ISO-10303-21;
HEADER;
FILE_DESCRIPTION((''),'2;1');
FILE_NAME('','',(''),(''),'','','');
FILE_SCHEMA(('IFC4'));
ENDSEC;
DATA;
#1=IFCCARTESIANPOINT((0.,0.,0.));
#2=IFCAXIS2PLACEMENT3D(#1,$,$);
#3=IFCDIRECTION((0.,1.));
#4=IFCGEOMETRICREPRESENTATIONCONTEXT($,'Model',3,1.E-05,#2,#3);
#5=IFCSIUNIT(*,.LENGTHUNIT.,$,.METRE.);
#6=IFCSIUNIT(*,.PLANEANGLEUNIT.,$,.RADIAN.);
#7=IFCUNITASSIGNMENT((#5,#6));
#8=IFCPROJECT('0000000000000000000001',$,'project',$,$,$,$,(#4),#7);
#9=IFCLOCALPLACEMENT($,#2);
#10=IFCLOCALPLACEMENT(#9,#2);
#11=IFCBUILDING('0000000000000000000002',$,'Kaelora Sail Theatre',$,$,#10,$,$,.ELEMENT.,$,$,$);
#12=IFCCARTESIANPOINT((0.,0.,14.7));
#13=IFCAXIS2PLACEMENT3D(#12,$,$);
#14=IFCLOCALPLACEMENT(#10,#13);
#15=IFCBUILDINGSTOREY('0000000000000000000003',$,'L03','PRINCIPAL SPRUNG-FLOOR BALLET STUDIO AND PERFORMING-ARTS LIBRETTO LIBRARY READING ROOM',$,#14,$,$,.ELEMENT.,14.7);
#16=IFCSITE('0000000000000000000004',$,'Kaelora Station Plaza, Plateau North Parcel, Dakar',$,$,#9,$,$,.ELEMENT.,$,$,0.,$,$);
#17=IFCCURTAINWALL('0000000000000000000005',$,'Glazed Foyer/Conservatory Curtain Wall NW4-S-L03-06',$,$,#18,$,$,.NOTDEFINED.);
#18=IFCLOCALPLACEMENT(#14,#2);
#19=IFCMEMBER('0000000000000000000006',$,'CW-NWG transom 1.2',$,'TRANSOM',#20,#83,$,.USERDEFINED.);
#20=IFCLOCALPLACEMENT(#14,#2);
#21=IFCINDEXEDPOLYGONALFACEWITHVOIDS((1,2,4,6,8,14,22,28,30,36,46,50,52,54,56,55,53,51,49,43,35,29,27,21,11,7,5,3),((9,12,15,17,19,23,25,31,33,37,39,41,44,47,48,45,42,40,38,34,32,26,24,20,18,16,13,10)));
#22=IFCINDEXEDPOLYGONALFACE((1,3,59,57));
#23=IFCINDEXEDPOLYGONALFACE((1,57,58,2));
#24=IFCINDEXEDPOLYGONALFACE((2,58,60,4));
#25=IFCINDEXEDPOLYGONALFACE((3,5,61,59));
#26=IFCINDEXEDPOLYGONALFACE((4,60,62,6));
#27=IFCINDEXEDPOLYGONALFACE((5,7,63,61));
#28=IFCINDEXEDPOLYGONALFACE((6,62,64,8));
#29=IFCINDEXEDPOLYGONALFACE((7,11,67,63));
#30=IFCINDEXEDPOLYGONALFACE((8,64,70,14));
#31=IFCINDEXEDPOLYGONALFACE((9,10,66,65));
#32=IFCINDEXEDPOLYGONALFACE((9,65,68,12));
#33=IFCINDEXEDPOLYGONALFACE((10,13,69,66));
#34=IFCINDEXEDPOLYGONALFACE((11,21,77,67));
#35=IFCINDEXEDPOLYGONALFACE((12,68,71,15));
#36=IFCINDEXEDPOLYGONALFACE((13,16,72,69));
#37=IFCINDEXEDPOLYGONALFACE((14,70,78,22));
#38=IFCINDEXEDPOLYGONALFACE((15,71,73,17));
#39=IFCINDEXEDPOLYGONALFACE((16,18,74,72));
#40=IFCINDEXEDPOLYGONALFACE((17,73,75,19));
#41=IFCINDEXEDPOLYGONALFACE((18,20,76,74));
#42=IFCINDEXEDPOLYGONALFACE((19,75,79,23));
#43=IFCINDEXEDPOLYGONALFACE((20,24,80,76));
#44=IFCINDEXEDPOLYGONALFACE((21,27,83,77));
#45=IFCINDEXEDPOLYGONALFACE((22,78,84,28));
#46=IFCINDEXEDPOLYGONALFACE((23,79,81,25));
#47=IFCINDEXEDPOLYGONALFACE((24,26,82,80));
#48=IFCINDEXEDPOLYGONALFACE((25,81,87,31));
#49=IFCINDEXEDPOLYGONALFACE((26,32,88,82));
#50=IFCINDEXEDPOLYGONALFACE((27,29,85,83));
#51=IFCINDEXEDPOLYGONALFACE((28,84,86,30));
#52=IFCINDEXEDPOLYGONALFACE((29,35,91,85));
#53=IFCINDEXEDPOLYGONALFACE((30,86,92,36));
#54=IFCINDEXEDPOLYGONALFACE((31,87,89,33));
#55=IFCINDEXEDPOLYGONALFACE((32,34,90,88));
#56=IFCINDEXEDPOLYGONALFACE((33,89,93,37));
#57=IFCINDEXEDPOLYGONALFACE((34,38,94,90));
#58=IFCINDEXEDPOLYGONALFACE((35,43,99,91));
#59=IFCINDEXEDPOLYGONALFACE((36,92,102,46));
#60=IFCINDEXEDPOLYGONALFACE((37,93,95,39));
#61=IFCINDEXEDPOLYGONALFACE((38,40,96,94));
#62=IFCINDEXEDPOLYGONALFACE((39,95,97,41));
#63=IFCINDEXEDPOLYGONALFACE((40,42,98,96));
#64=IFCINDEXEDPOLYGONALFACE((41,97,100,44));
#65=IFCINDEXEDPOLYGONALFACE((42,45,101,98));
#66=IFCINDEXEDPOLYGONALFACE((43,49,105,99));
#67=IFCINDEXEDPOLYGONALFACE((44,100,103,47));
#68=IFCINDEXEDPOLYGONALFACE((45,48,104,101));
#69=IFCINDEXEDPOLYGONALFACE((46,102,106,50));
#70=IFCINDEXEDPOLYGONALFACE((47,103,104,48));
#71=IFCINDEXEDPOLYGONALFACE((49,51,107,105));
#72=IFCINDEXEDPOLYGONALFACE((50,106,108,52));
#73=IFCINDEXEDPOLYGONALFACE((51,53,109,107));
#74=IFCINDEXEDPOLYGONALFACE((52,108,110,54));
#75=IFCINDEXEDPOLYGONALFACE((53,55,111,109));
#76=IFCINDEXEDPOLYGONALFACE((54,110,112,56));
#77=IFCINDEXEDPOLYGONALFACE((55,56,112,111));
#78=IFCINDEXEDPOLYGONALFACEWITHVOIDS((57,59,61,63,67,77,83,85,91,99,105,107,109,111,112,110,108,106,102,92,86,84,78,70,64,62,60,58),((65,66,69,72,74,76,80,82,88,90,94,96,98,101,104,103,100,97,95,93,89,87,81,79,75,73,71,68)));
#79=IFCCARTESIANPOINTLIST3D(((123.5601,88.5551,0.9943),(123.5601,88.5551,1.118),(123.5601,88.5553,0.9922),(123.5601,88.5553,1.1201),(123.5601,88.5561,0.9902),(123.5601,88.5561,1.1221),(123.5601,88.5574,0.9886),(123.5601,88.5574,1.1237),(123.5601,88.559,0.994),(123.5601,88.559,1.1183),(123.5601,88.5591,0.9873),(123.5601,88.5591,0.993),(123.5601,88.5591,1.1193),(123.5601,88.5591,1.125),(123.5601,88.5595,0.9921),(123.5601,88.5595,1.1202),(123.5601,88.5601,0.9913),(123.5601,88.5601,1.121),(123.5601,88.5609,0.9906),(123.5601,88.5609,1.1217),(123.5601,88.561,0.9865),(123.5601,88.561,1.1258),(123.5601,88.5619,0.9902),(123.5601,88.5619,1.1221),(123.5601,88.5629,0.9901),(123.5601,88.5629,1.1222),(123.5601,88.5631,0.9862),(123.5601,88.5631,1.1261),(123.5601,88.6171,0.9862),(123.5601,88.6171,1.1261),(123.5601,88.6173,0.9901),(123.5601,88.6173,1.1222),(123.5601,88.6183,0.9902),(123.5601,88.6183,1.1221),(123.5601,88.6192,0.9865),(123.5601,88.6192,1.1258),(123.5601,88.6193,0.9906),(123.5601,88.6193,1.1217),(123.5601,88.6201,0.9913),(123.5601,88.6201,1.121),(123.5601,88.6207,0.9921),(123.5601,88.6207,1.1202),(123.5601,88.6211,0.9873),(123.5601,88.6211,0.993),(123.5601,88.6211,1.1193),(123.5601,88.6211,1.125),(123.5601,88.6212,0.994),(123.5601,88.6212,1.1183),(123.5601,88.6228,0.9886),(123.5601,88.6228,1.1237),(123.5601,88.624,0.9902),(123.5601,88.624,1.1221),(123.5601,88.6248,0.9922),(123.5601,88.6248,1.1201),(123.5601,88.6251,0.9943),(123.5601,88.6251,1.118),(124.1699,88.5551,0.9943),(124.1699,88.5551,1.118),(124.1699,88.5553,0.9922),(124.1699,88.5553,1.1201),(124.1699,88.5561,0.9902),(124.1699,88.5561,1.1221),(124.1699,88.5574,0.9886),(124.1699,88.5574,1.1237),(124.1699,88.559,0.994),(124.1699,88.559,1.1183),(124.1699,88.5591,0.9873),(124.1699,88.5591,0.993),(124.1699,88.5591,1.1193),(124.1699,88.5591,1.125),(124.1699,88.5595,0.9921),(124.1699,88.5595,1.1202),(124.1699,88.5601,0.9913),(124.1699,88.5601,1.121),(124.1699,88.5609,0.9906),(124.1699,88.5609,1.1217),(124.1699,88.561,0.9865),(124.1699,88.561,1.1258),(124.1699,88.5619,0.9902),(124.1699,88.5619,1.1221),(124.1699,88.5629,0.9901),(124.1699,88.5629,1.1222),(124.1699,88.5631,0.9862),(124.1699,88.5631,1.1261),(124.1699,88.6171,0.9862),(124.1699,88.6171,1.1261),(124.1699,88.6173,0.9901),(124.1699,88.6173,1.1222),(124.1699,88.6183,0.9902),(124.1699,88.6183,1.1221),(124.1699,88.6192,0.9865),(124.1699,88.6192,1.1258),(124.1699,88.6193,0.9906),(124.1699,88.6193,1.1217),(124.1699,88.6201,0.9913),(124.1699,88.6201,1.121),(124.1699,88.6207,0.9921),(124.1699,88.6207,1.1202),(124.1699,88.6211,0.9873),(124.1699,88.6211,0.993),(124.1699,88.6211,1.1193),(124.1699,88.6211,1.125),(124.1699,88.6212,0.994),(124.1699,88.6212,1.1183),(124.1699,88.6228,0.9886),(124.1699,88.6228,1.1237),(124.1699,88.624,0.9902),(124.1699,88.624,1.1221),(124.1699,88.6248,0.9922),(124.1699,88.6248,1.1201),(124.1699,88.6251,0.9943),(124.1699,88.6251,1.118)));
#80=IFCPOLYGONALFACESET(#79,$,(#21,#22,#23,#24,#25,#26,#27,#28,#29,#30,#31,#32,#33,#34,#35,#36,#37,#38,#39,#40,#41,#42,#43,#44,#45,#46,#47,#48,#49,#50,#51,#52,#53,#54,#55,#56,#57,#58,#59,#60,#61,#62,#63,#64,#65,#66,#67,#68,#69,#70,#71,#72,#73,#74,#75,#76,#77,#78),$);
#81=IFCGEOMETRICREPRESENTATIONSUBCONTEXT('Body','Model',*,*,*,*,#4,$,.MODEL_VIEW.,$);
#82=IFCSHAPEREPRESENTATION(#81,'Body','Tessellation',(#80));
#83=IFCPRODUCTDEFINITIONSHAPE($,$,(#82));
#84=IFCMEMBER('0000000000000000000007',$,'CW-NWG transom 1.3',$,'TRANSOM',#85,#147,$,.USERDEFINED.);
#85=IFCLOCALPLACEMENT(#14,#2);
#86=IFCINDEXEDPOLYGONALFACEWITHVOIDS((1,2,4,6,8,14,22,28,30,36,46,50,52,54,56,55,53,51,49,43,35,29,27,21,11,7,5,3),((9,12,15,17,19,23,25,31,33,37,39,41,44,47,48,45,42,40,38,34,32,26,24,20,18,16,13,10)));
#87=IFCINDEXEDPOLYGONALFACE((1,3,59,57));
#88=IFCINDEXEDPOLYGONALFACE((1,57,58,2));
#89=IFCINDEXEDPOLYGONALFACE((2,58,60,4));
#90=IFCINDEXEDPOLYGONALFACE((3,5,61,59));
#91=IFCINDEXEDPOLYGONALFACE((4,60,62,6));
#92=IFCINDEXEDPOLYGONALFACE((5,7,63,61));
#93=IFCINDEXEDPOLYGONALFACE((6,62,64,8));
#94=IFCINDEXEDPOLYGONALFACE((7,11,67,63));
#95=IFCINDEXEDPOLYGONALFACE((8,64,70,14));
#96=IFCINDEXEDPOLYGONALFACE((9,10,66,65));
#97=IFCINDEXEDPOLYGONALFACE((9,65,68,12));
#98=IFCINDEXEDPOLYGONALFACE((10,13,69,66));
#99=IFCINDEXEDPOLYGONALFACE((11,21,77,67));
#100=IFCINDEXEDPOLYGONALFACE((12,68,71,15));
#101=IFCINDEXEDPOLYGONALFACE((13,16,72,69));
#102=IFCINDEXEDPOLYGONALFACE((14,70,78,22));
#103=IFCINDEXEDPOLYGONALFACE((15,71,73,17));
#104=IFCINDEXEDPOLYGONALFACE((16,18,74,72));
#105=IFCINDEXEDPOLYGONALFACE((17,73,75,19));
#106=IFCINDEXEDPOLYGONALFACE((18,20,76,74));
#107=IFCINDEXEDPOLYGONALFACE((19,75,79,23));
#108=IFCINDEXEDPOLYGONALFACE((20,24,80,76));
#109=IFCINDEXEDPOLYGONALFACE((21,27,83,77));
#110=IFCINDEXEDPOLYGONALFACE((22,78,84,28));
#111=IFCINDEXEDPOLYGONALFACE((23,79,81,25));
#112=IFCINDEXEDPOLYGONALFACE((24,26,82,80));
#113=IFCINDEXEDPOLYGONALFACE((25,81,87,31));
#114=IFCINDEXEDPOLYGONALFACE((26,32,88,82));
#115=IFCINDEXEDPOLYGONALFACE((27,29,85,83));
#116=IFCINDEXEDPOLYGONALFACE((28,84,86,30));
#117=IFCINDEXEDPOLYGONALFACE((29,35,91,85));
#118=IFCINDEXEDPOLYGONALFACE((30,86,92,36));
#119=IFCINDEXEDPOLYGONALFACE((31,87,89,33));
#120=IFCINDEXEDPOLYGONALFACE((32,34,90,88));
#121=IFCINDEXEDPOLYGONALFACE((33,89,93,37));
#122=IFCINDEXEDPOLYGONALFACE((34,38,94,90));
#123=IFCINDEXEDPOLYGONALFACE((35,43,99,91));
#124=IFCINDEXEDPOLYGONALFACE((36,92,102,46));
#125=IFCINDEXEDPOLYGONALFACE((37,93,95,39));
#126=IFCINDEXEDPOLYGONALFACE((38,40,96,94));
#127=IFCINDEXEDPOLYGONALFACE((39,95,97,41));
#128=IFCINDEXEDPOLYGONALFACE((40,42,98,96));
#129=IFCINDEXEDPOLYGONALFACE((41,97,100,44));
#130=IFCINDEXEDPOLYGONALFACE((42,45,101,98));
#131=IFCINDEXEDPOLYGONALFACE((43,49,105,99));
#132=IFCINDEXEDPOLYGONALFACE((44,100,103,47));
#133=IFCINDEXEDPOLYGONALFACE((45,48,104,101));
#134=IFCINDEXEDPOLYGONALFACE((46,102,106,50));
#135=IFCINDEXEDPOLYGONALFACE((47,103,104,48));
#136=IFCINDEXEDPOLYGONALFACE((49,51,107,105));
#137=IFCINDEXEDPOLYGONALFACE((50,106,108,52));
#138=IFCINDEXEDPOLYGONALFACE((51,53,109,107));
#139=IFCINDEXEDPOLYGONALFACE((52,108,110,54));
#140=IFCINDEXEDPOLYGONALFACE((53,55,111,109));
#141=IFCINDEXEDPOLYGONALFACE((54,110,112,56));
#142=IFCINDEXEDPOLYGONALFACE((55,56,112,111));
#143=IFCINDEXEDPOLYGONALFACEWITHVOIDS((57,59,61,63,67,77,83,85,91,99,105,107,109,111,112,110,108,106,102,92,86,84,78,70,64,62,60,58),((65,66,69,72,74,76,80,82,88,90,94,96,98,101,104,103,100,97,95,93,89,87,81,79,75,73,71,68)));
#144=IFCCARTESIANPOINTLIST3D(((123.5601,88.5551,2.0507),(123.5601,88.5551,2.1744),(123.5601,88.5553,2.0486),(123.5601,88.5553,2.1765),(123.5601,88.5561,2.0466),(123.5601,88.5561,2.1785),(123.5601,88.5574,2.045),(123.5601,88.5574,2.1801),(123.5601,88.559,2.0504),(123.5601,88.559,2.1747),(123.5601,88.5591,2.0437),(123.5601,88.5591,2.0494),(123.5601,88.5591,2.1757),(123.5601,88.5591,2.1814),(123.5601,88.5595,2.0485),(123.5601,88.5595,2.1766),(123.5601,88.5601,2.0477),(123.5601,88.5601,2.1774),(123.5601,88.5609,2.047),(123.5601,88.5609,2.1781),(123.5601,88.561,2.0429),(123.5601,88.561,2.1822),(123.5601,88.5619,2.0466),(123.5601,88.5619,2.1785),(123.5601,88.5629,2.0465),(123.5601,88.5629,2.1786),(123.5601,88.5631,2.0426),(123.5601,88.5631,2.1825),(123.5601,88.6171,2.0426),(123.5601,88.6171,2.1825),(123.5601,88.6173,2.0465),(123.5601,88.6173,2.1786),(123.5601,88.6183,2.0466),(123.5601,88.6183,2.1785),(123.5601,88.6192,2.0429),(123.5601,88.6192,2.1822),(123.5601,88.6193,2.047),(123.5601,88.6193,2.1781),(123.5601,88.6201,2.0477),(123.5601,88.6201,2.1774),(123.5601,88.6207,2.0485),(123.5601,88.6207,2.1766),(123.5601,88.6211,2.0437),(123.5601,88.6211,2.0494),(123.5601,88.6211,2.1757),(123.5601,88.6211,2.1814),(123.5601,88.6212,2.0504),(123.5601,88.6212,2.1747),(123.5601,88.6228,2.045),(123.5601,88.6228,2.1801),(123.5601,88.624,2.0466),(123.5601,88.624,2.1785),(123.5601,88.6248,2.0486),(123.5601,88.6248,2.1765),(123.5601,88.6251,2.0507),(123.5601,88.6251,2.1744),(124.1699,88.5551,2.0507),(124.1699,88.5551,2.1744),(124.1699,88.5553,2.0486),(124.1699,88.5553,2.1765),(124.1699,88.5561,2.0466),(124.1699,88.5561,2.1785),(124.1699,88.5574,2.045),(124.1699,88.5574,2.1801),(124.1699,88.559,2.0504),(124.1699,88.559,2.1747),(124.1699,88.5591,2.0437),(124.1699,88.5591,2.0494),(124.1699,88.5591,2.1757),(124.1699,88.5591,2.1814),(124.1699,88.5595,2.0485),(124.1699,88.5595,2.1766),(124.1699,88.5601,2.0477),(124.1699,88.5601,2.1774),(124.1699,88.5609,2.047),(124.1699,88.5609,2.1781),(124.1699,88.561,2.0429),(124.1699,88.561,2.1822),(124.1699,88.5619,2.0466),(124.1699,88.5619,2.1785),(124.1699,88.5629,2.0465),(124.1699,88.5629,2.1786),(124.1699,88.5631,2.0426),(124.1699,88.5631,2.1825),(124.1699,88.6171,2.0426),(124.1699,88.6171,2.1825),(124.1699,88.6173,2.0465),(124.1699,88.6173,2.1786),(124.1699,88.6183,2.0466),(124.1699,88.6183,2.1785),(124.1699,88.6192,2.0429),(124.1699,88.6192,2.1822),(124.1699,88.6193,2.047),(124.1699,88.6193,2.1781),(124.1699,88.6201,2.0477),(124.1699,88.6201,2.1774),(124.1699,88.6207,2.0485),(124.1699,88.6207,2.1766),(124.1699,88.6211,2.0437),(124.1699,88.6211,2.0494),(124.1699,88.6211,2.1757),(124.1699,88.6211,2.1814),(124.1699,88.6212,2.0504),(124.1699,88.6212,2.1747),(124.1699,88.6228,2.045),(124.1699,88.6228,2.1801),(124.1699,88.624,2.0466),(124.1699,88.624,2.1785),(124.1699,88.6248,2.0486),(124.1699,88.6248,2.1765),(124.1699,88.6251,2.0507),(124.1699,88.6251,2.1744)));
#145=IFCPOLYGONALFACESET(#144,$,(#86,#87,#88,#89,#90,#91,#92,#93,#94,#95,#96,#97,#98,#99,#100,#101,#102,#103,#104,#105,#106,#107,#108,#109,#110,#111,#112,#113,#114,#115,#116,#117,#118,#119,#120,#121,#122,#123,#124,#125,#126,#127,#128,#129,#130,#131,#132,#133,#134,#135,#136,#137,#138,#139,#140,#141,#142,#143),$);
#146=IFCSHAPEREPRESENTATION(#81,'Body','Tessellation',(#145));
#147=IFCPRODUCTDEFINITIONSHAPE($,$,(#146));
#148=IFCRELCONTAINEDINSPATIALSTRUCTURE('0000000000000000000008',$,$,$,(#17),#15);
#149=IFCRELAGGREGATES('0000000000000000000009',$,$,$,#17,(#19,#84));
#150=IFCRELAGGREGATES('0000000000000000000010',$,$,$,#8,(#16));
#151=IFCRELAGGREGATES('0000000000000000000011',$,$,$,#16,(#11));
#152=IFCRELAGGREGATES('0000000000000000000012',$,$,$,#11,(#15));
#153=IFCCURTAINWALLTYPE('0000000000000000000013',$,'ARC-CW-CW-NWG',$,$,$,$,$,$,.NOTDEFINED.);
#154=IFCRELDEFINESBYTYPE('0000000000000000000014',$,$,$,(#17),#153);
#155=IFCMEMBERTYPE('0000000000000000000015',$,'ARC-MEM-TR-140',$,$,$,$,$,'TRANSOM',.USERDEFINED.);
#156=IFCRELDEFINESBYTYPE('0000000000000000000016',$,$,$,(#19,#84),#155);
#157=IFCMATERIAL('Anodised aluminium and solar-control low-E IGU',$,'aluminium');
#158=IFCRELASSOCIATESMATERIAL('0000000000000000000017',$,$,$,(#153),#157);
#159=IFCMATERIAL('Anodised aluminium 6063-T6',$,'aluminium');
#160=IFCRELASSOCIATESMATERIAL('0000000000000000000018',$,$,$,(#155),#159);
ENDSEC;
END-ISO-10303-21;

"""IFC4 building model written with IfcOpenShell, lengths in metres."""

from ifc_helpers import new_model, si_unit, direction, frame, origin, origin_2d, place, context, subcontext, project, spatial, hollow_rectangle, extrude, material, material_profile, profile_set, type_object, element, aggregate, save


model = new_model("IFC4")

# Units and contexts
model_context = context("Model", 3, precision=1e-05, world=origin(), true_north=direction((0.0, 1.0)))
body_context = subcontext(model_context, "Body", "Model", "MODEL_VIEW")
ifc_project = project(units=[si_unit("LENGTHUNIT", "METRE"), si_unit("PLANEANGLEUNIT", "RADIAN")], contexts=[model_context])

# Site, building, storey
site_placement = place(None, origin())
site = spatial("IfcSite", under=ifc_project, at=site_placement, Name="Kaelora Station Plaza, Plateau North Parcel, Dakar", CompositionType="ELEMENT", RefElevation=0.0)
building_placement = place(site_placement, origin())
building = spatial("IfcBuilding", under=site, at=building_placement, Name="Kaelora Sail Theatre", CompositionType="ELEMENT")
storey_placement = place(building_placement, frame((0.0, 0.0, 14.7)))
storey = spatial("IfcBuildingStorey", under=building, at=storey_placement, Name="L03", Description="PRINCIPAL SPRUNG-FLOOR BALLET STUDIO AND PERFORMING-ARTS LIBRETTO LIBRARY READING ROOM", CompositionType="ELEMENT", Elevation=14.7)

# Curtain wall
ifc_material_1 = material(Name="Anodised aluminium and solar-control low-E IGU", Category="aluminium")
curtain_wall_type = type_object("IfcCurtainWallType", Name="ARC-CW-CW-NWG", PredefinedType="NOTDEFINED", material=ifc_material_1)
curtain_wall_1_placement = place(storey_placement, origin())
curtain_wall_1 = element("IfcCurtainWall", 1, at=curtain_wall_1_placement, inside=storey, type_object=curtain_wall_type, Name="Glazed Foyer/Conservatory Curtain Wall NW4-S-L03-06", PredefinedType="NOTDEFINED")

# Members
ifc_material_2 = material(Name="Anodised aluminium 6063-T6", Category="aluminium")
ifc_material_profile_1 = material_profile(ifc_material_2, hollow_rectangle(XDim=0.0701, YDim=0.1399, WallThickness=0.0039, InnerFilletRadius=0.0039, OuterFilletRadius=0.0081, at=origin_2d()), Name="ALU-TRAN 70x140x4")
ifc_profile_set_1 = profile_set([ifc_material_profile_1], Name="Anodised aluminium 6063-T6")
member_type_1 = type_object("IfcMemberType", Name="ARC-MEM-TR-140", ElementType="TRANSOM", PredefinedType="USERDEFINED", material=ifc_profile_set_1)
member_1_placement = place(storey_placement, frame((123.5601, 88.5901, 1.0562), z_axis=(1.0, 0.0, 0.0), x_axis=(0.0, 1.0, 0.0)))
member_1 = element("IfcMember", 2, at=member_1_placement, type_object=member_type_1, Name="CW-NWG transom 1.2", ObjectType="TRANSOM", PredefinedType="USERDEFINED", context=body_context, shape_type="SweptSolid", body=[
    extrude(hollow_rectangle(XDim=0.0701, YDim=0.1399, WallThickness=0.0039, InnerFilletRadius=0.0039, OuterFilletRadius=0.0081, at=origin_2d()), origin(), (0.0, 0.0, 1.0), 0.6099),
])
member_2_placement = place(storey_placement, frame((123.5601, 88.5901, 2.1125), z_axis=(1.0, 0.0, 0.0), x_axis=(0.0, 1.0, 0.0)))
member_2 = element("IfcMember", 3, at=member_2_placement, type_object=member_type_1, Name="CW-NWG transom 1.3", ObjectType="TRANSOM", PredefinedType="USERDEFINED", context=body_context, shape_type="SweptSolid", body=[
    extrude(hollow_rectangle(XDim=0.0701, YDim=0.1399, WallThickness=0.0039, InnerFilletRadius=0.0039, OuterFilletRadius=0.0081, at=origin_2d()), origin(), (0.0, 0.0, 1.0), 0.6099),
])

aggregate(curtain_wall_1, [member_1, member_2])

save(model, "model.ifc")
